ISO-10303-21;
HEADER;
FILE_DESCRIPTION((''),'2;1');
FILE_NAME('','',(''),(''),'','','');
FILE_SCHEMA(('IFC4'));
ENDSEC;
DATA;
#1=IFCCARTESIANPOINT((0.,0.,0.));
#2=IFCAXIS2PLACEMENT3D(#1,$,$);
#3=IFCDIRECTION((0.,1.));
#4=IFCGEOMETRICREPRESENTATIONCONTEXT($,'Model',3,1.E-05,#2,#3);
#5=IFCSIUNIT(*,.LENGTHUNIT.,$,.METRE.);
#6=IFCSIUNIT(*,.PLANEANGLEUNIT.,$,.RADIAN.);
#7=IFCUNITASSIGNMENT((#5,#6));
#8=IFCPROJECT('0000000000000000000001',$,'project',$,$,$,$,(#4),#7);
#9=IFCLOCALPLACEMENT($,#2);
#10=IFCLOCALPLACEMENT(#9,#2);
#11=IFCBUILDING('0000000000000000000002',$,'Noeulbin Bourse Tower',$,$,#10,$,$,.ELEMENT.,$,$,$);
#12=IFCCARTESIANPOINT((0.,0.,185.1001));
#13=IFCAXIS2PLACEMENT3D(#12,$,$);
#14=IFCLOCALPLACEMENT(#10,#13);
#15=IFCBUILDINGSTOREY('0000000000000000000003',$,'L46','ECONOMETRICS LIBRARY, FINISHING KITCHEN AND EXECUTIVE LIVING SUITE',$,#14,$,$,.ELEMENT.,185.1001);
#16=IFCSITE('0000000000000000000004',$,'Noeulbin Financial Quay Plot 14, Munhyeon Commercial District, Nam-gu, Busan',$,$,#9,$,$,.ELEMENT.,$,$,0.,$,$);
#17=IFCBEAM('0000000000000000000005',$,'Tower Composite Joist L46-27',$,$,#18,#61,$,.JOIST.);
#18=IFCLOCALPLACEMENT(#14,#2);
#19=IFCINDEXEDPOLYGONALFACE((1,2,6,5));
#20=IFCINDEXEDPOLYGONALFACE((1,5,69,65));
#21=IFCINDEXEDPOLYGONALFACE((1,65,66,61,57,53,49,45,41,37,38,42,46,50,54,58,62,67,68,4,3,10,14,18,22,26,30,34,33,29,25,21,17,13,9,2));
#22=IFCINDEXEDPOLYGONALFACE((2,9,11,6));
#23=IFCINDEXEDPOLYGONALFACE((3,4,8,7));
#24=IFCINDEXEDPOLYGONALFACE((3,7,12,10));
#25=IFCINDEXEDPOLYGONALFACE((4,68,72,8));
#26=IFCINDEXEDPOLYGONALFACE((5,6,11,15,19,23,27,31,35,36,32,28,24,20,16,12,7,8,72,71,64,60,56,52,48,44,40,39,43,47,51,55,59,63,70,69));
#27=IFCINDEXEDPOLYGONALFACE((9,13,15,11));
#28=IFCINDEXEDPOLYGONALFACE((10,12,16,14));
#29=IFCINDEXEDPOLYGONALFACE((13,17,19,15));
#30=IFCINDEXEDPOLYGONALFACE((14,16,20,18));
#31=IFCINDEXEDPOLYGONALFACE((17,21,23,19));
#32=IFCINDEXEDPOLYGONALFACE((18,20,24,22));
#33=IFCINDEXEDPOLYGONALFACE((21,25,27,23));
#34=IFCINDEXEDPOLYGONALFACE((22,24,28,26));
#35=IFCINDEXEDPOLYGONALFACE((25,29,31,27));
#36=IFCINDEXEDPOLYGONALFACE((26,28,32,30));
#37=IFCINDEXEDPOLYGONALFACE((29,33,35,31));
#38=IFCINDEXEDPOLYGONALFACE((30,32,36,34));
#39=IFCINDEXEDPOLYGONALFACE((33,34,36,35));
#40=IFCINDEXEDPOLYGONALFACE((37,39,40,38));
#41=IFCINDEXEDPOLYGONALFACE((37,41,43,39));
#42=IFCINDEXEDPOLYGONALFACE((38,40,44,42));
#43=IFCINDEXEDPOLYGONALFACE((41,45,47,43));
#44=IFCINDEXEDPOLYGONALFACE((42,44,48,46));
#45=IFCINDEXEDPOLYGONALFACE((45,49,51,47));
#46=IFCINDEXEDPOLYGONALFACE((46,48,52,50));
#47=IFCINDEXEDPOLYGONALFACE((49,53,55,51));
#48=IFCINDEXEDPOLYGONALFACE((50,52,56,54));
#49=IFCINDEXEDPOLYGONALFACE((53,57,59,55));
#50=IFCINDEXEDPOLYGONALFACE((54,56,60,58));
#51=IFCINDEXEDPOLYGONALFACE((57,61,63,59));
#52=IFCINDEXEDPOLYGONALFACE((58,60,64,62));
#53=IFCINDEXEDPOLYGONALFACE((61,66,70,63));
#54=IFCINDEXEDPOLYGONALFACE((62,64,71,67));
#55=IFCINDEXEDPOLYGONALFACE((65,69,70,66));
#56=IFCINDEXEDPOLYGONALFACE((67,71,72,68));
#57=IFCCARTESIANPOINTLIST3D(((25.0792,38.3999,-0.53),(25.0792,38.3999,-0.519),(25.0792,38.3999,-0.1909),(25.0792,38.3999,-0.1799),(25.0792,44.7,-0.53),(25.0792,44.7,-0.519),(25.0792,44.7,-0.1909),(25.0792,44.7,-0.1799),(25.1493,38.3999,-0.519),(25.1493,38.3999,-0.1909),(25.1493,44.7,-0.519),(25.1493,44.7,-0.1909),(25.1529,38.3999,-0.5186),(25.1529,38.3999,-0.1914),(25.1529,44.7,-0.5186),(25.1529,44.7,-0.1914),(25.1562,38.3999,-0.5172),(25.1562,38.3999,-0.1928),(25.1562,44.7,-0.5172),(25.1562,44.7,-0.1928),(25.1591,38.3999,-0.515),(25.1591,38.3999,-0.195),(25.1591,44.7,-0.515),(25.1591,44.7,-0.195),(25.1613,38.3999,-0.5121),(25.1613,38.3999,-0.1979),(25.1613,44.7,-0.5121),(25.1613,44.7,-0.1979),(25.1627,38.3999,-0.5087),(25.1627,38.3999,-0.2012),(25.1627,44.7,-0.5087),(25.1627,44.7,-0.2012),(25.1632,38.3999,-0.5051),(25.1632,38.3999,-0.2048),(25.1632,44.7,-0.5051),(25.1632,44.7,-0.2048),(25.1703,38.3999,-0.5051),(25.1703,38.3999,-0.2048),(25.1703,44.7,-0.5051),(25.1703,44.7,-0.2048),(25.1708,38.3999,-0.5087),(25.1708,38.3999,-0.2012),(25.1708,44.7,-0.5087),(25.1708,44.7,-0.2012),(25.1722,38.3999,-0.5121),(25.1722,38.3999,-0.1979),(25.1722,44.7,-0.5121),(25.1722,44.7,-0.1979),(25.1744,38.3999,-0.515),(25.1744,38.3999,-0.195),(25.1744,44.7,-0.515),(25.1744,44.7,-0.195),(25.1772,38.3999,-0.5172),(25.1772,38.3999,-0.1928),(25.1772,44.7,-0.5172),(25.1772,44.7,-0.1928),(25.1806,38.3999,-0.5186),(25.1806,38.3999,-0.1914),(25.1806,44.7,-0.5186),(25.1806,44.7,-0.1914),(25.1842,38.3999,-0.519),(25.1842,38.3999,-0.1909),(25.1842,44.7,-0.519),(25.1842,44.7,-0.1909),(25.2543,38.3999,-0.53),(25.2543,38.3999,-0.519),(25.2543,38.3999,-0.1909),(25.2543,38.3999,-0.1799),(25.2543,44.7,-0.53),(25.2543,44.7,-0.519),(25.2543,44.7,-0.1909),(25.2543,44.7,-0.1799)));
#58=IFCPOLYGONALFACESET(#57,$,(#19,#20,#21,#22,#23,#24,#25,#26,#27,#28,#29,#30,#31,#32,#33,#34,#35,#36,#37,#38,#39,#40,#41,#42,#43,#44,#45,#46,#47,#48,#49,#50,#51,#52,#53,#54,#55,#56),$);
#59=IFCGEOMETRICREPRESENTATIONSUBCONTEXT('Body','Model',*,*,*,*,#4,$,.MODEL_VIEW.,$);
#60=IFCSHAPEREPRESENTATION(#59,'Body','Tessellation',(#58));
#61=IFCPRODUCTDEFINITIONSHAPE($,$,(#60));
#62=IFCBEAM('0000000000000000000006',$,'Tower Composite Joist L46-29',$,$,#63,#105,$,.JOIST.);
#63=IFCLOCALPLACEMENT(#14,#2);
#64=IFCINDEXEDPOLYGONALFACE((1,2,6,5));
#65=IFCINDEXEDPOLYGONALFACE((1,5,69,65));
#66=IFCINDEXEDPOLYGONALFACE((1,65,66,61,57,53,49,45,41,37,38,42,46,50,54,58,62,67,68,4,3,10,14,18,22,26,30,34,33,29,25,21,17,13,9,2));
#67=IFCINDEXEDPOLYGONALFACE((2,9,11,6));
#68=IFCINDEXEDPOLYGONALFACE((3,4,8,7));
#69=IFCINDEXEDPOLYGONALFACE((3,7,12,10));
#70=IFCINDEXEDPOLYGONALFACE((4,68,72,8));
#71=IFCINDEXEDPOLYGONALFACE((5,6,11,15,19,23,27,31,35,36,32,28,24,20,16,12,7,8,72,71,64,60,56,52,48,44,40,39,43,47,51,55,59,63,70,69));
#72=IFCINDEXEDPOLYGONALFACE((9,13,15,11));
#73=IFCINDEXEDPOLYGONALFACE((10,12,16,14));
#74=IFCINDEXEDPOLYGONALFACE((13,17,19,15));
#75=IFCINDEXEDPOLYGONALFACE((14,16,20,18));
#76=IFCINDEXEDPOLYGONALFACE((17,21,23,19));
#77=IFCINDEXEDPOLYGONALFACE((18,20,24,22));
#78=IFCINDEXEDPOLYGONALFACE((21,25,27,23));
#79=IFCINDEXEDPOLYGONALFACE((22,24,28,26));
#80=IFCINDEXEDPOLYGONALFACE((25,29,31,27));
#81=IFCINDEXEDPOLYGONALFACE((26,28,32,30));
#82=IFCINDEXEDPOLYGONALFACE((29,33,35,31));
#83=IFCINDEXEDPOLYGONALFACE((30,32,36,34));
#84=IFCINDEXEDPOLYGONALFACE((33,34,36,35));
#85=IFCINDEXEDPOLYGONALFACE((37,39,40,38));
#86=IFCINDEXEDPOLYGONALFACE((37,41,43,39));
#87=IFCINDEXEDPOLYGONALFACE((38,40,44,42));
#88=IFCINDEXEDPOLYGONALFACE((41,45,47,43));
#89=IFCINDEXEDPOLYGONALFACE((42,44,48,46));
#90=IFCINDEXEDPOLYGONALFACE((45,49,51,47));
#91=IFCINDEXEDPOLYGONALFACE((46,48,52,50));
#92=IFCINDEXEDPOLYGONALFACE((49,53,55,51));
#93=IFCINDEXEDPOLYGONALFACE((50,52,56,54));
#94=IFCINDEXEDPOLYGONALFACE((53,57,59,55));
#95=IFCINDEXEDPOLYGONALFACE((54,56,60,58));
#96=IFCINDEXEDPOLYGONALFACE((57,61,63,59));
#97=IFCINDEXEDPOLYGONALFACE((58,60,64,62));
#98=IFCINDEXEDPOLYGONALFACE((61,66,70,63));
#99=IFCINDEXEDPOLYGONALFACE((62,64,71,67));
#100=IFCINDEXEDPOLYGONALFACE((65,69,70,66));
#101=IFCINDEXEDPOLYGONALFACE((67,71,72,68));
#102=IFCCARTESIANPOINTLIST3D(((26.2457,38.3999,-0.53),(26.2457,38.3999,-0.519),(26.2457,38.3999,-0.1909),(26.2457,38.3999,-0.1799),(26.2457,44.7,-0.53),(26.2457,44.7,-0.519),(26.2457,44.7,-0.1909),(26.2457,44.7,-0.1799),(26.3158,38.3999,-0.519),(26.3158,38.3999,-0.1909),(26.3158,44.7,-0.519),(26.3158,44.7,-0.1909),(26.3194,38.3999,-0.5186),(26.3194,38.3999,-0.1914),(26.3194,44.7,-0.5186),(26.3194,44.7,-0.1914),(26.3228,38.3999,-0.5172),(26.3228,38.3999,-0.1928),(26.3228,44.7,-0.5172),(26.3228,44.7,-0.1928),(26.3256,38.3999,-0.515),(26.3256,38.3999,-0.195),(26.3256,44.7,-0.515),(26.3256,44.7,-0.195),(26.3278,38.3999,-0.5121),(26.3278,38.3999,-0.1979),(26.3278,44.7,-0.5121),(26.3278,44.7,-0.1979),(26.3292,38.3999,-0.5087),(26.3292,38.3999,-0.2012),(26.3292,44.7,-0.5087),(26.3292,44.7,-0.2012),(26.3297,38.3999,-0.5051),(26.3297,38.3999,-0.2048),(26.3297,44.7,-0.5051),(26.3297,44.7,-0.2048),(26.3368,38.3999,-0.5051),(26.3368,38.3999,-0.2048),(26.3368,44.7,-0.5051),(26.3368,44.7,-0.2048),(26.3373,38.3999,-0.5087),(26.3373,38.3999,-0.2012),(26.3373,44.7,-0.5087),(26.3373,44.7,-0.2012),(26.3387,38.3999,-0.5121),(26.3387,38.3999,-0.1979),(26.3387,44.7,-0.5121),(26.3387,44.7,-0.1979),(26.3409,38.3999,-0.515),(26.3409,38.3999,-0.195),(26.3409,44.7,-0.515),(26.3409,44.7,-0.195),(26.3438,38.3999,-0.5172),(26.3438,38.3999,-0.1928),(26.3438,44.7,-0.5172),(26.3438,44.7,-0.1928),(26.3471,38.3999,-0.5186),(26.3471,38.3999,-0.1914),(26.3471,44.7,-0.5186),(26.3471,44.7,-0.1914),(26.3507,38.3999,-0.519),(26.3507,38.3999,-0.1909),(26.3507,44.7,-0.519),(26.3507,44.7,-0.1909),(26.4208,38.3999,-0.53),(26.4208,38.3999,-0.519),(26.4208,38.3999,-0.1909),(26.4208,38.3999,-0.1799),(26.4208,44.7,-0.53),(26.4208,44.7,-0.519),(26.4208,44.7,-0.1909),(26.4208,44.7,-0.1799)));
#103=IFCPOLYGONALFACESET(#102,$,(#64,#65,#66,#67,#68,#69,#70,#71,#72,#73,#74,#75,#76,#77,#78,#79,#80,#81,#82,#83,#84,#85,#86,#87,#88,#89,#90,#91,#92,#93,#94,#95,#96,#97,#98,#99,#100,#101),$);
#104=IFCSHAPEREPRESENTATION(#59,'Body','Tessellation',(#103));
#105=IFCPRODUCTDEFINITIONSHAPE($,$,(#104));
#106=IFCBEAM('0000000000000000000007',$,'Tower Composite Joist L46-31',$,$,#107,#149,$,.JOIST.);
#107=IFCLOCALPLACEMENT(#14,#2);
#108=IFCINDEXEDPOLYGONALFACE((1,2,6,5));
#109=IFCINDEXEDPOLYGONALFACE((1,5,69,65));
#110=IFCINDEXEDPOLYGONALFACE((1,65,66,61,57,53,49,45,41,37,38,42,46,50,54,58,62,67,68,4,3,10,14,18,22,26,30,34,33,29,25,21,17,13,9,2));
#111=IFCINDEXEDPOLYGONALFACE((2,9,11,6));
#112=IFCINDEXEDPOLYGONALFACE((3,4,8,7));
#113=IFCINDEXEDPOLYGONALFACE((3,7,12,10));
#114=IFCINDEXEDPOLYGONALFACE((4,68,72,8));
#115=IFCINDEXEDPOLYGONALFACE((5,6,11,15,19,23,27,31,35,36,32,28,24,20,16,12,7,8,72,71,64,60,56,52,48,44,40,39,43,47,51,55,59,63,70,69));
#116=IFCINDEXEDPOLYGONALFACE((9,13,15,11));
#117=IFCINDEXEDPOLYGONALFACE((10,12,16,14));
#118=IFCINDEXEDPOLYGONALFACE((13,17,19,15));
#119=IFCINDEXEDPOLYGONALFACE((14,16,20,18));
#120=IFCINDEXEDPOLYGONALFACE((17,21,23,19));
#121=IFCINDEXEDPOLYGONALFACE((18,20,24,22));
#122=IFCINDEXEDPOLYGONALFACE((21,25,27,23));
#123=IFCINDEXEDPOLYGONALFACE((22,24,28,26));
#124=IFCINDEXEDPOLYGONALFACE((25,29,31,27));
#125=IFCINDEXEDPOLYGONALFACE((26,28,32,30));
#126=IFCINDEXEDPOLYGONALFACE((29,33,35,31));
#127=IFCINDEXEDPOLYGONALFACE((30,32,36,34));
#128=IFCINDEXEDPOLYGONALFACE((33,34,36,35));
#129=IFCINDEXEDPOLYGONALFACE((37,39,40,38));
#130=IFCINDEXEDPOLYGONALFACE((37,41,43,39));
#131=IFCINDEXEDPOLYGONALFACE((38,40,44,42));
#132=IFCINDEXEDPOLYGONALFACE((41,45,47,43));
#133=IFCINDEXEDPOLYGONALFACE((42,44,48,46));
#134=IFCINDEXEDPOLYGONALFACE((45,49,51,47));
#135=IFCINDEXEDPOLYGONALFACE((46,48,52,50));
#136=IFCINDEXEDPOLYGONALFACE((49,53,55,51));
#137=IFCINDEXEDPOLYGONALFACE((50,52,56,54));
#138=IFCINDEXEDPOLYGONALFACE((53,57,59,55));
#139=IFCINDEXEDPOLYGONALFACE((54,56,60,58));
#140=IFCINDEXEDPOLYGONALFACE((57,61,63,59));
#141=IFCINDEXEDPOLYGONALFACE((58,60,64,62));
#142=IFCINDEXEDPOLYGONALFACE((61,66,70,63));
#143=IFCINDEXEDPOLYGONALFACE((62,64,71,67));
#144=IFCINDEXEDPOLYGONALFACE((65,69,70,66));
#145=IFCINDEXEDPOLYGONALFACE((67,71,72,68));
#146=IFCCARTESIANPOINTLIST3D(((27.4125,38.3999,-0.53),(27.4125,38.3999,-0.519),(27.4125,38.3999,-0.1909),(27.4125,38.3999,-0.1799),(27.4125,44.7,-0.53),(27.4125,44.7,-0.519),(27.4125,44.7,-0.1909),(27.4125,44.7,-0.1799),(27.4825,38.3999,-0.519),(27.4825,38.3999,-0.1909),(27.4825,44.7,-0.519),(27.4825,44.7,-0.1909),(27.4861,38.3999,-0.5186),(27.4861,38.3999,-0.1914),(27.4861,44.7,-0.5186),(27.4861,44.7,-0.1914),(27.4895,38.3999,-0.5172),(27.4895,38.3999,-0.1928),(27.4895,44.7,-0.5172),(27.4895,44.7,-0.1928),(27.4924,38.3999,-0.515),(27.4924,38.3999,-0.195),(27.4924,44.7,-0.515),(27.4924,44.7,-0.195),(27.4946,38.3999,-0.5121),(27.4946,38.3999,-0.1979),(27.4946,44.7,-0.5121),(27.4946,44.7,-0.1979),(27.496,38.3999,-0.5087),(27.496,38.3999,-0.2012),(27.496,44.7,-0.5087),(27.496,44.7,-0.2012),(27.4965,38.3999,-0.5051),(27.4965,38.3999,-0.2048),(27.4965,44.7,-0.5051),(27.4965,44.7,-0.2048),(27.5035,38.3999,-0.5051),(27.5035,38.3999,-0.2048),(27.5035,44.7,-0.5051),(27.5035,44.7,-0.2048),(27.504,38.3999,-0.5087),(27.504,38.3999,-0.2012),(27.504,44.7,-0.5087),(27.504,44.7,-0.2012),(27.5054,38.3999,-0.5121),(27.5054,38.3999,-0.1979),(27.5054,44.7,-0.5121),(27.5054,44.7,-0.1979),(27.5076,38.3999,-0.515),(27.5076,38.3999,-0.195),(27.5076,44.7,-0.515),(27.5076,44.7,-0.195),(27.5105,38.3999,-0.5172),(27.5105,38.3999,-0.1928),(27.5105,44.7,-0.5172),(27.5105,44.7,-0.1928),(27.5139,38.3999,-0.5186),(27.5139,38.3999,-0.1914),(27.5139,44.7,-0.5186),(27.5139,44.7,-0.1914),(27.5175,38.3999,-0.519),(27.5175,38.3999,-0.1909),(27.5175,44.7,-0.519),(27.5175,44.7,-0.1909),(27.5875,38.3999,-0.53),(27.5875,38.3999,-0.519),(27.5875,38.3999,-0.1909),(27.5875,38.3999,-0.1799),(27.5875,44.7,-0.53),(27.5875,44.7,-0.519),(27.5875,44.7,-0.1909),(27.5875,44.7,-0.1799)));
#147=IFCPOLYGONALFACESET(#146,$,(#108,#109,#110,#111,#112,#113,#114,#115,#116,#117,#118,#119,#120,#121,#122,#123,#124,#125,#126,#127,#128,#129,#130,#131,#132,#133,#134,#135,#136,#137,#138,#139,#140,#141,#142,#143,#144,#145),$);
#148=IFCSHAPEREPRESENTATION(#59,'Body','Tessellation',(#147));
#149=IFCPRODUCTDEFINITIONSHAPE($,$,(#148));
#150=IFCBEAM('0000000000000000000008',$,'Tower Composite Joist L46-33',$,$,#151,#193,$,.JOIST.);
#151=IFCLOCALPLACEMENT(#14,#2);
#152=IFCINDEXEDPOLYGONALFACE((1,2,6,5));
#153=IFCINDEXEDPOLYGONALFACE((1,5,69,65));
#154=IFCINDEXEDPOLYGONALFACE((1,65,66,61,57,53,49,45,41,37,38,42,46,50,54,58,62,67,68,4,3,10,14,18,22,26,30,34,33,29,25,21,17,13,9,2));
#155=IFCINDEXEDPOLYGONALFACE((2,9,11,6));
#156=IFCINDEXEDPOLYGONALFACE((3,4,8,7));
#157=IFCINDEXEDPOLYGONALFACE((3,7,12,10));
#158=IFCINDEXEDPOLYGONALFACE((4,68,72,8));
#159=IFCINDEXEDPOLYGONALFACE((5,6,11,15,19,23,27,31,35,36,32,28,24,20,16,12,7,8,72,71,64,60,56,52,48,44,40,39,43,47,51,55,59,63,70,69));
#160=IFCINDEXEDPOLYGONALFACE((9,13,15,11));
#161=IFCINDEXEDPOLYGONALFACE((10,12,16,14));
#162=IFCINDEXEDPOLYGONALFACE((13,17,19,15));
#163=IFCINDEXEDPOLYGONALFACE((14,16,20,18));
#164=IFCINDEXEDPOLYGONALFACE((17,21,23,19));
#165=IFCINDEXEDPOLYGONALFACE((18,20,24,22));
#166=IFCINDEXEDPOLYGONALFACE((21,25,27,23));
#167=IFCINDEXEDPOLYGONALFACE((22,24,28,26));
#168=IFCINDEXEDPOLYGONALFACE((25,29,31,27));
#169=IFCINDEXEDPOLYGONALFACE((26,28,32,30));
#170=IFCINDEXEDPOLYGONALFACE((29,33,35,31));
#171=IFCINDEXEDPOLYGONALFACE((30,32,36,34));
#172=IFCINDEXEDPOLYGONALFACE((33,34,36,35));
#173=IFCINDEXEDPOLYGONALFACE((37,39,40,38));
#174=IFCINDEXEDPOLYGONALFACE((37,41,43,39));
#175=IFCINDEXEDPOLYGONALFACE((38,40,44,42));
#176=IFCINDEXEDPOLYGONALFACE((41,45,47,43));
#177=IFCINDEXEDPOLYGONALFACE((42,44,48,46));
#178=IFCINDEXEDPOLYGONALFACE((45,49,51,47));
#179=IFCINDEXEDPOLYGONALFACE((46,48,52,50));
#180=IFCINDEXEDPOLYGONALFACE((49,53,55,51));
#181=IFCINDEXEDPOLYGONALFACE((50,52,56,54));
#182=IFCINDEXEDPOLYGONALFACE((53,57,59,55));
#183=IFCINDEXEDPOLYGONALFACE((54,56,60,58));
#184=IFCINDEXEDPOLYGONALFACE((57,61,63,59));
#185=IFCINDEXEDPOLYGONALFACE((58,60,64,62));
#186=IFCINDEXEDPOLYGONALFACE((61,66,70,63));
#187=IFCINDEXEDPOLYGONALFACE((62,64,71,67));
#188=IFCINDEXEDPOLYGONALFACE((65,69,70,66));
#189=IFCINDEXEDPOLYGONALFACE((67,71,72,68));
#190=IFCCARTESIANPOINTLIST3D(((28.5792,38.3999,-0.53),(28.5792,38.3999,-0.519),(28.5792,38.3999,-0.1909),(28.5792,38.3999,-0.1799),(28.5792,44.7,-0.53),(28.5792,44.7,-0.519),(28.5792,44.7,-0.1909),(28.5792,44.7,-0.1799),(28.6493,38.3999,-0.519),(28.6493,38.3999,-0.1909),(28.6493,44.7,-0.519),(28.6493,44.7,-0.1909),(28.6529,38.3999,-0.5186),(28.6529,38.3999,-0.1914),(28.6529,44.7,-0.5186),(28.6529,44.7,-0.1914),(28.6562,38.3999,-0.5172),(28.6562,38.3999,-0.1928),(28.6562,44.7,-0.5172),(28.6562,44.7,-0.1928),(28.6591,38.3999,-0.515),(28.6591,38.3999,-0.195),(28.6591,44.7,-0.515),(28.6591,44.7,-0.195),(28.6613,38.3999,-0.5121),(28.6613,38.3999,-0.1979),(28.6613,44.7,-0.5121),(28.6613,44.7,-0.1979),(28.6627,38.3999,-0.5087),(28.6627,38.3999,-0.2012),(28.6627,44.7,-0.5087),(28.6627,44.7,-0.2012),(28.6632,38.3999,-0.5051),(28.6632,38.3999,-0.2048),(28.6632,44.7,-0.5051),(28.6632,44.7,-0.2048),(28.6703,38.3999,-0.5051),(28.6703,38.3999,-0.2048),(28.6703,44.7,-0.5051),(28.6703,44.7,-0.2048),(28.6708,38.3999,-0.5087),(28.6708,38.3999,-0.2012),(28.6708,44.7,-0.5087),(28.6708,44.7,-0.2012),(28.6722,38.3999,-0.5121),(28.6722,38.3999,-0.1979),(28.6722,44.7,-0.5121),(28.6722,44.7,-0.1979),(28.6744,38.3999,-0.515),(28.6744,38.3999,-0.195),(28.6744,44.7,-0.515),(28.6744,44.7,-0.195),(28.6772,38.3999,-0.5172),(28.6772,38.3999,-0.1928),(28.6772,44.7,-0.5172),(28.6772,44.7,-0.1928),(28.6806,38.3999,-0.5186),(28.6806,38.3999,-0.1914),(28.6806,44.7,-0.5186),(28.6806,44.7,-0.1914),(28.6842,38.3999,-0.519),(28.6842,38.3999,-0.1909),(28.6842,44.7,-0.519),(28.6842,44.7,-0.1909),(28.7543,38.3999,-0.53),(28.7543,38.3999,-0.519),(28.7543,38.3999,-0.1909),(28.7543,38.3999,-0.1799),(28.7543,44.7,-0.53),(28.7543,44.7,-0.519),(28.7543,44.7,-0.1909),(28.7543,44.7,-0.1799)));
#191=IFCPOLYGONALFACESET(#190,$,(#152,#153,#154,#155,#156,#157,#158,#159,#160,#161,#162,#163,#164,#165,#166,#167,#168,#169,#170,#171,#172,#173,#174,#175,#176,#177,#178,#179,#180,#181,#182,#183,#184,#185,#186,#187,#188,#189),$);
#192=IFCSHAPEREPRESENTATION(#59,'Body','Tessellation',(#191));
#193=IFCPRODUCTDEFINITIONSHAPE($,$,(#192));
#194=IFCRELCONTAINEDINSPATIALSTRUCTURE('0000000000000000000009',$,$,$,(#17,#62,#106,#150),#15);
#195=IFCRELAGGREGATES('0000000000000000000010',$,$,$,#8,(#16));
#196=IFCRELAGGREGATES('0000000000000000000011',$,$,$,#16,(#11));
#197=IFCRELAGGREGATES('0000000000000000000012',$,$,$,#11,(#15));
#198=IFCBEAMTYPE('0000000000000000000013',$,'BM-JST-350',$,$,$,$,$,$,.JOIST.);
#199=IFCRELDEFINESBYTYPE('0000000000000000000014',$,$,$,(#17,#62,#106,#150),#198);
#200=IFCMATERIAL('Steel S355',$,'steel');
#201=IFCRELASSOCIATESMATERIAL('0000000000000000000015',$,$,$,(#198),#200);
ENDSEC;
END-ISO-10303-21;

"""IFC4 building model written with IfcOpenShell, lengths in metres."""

from ifc_helpers import new_model, si_unit, direction, frame, origin, origin_2d, place, context, subcontext, project, spatial, i_section, extrude, material, material_profile, profile_set, type_object, element, save


model = new_model("IFC4")

# Units and contexts
model_context = context("Model", 3, precision=1e-05, world=origin(), true_north=direction((0.0, 1.0)))
body_context = subcontext(model_context, "Body", "Model", "MODEL_VIEW")
ifc_project = project(units=[si_unit("LENGTHUNIT", "METRE"), si_unit("PLANEANGLEUNIT", "RADIAN")], contexts=[model_context])

# Site, building, storey
site_placement = place(None, origin())
site = spatial("IfcSite", under=ifc_project, at=site_placement, Name="Noeulbin Financial Quay Plot 14, Munhyeon Commercial District, Nam-gu, Busan", CompositionType="ELEMENT", RefElevation=0.0)
building_placement = place(site_placement, origin())
building = spatial("IfcBuilding", under=site, at=building_placement, Name="Noeulbin Bourse Tower", CompositionType="ELEMENT")
storey_placement = place(building_placement, frame((0.0, 0.0, 185.1001)))
storey = spatial("IfcBuildingStorey", under=building, at=storey_placement, Name="L46", Description="ECONOMETRICS LIBRARY, FINISHING KITCHEN AND EXECUTIVE LIVING SUITE", CompositionType="ELEMENT", Elevation=185.1001)

# Shared definitions
ifc_material_1 = material(Name="Steel S355", Category="steel")

# Beams
ifc_material_profile_1 = material_profile(ifc_material_1, i_section(OverallWidth=0.175, OverallDepth=0.3501, WebThickness=0.0071, FlangeThickness=0.011, FilletRadius=0.0139, at=origin_2d()), Name="H-350x175x7x11", Category="LoadBearing")
ifc_profile_set_1 = profile_set([ifc_material_profile_1], Name="Steel S355")
beam_type_1 = type_object("IfcBeamType", Name="BM-JST-350", PredefinedType="JOIST", material=ifc_profile_set_1)
for number, where, z_axis, x_axis, name in (
    (1, (25.1667, 38.3999, -0.355), (0.0, 1.0, 0.0), (-1.0, 0.0, 0.0), "Tower Composite Joist L46-27"),
    (2, (26.3333, 38.3999, -0.355), (0.0, 1.0, 0.0), (-1.0, 0.0, 0.0), "Tower Composite Joist L46-29"),
    (3, (27.5, 38.3999, -0.355), (0.0, 1.0, 0.0), (-1.0, 0.0, 0.0), "Tower Composite Joist L46-31"),
    (4, (28.6667, 38.3999, -0.355), (0.0, 1.0, 0.0), (-1.0, 0.0, 0.0), "Tower Composite Joist L46-33"),
):
    element("IfcBeam", number, at=place(storey_placement, frame(where, z_axis=z_axis, x_axis=x_axis)), inside=storey, type_object=beam_type_1, Name=name, PredefinedType="JOIST", context=body_context, shape_type="SweptSolid", body=[
        extrude(i_section(OverallWidth=0.175, OverallDepth=0.3501, WebThickness=0.0071, FlangeThickness=0.011, FilletRadius=0.0139, at=origin_2d()), origin(), (0.0, 0.0, 1.0), 6.3),
    ])

save(model, "model.ifc")
